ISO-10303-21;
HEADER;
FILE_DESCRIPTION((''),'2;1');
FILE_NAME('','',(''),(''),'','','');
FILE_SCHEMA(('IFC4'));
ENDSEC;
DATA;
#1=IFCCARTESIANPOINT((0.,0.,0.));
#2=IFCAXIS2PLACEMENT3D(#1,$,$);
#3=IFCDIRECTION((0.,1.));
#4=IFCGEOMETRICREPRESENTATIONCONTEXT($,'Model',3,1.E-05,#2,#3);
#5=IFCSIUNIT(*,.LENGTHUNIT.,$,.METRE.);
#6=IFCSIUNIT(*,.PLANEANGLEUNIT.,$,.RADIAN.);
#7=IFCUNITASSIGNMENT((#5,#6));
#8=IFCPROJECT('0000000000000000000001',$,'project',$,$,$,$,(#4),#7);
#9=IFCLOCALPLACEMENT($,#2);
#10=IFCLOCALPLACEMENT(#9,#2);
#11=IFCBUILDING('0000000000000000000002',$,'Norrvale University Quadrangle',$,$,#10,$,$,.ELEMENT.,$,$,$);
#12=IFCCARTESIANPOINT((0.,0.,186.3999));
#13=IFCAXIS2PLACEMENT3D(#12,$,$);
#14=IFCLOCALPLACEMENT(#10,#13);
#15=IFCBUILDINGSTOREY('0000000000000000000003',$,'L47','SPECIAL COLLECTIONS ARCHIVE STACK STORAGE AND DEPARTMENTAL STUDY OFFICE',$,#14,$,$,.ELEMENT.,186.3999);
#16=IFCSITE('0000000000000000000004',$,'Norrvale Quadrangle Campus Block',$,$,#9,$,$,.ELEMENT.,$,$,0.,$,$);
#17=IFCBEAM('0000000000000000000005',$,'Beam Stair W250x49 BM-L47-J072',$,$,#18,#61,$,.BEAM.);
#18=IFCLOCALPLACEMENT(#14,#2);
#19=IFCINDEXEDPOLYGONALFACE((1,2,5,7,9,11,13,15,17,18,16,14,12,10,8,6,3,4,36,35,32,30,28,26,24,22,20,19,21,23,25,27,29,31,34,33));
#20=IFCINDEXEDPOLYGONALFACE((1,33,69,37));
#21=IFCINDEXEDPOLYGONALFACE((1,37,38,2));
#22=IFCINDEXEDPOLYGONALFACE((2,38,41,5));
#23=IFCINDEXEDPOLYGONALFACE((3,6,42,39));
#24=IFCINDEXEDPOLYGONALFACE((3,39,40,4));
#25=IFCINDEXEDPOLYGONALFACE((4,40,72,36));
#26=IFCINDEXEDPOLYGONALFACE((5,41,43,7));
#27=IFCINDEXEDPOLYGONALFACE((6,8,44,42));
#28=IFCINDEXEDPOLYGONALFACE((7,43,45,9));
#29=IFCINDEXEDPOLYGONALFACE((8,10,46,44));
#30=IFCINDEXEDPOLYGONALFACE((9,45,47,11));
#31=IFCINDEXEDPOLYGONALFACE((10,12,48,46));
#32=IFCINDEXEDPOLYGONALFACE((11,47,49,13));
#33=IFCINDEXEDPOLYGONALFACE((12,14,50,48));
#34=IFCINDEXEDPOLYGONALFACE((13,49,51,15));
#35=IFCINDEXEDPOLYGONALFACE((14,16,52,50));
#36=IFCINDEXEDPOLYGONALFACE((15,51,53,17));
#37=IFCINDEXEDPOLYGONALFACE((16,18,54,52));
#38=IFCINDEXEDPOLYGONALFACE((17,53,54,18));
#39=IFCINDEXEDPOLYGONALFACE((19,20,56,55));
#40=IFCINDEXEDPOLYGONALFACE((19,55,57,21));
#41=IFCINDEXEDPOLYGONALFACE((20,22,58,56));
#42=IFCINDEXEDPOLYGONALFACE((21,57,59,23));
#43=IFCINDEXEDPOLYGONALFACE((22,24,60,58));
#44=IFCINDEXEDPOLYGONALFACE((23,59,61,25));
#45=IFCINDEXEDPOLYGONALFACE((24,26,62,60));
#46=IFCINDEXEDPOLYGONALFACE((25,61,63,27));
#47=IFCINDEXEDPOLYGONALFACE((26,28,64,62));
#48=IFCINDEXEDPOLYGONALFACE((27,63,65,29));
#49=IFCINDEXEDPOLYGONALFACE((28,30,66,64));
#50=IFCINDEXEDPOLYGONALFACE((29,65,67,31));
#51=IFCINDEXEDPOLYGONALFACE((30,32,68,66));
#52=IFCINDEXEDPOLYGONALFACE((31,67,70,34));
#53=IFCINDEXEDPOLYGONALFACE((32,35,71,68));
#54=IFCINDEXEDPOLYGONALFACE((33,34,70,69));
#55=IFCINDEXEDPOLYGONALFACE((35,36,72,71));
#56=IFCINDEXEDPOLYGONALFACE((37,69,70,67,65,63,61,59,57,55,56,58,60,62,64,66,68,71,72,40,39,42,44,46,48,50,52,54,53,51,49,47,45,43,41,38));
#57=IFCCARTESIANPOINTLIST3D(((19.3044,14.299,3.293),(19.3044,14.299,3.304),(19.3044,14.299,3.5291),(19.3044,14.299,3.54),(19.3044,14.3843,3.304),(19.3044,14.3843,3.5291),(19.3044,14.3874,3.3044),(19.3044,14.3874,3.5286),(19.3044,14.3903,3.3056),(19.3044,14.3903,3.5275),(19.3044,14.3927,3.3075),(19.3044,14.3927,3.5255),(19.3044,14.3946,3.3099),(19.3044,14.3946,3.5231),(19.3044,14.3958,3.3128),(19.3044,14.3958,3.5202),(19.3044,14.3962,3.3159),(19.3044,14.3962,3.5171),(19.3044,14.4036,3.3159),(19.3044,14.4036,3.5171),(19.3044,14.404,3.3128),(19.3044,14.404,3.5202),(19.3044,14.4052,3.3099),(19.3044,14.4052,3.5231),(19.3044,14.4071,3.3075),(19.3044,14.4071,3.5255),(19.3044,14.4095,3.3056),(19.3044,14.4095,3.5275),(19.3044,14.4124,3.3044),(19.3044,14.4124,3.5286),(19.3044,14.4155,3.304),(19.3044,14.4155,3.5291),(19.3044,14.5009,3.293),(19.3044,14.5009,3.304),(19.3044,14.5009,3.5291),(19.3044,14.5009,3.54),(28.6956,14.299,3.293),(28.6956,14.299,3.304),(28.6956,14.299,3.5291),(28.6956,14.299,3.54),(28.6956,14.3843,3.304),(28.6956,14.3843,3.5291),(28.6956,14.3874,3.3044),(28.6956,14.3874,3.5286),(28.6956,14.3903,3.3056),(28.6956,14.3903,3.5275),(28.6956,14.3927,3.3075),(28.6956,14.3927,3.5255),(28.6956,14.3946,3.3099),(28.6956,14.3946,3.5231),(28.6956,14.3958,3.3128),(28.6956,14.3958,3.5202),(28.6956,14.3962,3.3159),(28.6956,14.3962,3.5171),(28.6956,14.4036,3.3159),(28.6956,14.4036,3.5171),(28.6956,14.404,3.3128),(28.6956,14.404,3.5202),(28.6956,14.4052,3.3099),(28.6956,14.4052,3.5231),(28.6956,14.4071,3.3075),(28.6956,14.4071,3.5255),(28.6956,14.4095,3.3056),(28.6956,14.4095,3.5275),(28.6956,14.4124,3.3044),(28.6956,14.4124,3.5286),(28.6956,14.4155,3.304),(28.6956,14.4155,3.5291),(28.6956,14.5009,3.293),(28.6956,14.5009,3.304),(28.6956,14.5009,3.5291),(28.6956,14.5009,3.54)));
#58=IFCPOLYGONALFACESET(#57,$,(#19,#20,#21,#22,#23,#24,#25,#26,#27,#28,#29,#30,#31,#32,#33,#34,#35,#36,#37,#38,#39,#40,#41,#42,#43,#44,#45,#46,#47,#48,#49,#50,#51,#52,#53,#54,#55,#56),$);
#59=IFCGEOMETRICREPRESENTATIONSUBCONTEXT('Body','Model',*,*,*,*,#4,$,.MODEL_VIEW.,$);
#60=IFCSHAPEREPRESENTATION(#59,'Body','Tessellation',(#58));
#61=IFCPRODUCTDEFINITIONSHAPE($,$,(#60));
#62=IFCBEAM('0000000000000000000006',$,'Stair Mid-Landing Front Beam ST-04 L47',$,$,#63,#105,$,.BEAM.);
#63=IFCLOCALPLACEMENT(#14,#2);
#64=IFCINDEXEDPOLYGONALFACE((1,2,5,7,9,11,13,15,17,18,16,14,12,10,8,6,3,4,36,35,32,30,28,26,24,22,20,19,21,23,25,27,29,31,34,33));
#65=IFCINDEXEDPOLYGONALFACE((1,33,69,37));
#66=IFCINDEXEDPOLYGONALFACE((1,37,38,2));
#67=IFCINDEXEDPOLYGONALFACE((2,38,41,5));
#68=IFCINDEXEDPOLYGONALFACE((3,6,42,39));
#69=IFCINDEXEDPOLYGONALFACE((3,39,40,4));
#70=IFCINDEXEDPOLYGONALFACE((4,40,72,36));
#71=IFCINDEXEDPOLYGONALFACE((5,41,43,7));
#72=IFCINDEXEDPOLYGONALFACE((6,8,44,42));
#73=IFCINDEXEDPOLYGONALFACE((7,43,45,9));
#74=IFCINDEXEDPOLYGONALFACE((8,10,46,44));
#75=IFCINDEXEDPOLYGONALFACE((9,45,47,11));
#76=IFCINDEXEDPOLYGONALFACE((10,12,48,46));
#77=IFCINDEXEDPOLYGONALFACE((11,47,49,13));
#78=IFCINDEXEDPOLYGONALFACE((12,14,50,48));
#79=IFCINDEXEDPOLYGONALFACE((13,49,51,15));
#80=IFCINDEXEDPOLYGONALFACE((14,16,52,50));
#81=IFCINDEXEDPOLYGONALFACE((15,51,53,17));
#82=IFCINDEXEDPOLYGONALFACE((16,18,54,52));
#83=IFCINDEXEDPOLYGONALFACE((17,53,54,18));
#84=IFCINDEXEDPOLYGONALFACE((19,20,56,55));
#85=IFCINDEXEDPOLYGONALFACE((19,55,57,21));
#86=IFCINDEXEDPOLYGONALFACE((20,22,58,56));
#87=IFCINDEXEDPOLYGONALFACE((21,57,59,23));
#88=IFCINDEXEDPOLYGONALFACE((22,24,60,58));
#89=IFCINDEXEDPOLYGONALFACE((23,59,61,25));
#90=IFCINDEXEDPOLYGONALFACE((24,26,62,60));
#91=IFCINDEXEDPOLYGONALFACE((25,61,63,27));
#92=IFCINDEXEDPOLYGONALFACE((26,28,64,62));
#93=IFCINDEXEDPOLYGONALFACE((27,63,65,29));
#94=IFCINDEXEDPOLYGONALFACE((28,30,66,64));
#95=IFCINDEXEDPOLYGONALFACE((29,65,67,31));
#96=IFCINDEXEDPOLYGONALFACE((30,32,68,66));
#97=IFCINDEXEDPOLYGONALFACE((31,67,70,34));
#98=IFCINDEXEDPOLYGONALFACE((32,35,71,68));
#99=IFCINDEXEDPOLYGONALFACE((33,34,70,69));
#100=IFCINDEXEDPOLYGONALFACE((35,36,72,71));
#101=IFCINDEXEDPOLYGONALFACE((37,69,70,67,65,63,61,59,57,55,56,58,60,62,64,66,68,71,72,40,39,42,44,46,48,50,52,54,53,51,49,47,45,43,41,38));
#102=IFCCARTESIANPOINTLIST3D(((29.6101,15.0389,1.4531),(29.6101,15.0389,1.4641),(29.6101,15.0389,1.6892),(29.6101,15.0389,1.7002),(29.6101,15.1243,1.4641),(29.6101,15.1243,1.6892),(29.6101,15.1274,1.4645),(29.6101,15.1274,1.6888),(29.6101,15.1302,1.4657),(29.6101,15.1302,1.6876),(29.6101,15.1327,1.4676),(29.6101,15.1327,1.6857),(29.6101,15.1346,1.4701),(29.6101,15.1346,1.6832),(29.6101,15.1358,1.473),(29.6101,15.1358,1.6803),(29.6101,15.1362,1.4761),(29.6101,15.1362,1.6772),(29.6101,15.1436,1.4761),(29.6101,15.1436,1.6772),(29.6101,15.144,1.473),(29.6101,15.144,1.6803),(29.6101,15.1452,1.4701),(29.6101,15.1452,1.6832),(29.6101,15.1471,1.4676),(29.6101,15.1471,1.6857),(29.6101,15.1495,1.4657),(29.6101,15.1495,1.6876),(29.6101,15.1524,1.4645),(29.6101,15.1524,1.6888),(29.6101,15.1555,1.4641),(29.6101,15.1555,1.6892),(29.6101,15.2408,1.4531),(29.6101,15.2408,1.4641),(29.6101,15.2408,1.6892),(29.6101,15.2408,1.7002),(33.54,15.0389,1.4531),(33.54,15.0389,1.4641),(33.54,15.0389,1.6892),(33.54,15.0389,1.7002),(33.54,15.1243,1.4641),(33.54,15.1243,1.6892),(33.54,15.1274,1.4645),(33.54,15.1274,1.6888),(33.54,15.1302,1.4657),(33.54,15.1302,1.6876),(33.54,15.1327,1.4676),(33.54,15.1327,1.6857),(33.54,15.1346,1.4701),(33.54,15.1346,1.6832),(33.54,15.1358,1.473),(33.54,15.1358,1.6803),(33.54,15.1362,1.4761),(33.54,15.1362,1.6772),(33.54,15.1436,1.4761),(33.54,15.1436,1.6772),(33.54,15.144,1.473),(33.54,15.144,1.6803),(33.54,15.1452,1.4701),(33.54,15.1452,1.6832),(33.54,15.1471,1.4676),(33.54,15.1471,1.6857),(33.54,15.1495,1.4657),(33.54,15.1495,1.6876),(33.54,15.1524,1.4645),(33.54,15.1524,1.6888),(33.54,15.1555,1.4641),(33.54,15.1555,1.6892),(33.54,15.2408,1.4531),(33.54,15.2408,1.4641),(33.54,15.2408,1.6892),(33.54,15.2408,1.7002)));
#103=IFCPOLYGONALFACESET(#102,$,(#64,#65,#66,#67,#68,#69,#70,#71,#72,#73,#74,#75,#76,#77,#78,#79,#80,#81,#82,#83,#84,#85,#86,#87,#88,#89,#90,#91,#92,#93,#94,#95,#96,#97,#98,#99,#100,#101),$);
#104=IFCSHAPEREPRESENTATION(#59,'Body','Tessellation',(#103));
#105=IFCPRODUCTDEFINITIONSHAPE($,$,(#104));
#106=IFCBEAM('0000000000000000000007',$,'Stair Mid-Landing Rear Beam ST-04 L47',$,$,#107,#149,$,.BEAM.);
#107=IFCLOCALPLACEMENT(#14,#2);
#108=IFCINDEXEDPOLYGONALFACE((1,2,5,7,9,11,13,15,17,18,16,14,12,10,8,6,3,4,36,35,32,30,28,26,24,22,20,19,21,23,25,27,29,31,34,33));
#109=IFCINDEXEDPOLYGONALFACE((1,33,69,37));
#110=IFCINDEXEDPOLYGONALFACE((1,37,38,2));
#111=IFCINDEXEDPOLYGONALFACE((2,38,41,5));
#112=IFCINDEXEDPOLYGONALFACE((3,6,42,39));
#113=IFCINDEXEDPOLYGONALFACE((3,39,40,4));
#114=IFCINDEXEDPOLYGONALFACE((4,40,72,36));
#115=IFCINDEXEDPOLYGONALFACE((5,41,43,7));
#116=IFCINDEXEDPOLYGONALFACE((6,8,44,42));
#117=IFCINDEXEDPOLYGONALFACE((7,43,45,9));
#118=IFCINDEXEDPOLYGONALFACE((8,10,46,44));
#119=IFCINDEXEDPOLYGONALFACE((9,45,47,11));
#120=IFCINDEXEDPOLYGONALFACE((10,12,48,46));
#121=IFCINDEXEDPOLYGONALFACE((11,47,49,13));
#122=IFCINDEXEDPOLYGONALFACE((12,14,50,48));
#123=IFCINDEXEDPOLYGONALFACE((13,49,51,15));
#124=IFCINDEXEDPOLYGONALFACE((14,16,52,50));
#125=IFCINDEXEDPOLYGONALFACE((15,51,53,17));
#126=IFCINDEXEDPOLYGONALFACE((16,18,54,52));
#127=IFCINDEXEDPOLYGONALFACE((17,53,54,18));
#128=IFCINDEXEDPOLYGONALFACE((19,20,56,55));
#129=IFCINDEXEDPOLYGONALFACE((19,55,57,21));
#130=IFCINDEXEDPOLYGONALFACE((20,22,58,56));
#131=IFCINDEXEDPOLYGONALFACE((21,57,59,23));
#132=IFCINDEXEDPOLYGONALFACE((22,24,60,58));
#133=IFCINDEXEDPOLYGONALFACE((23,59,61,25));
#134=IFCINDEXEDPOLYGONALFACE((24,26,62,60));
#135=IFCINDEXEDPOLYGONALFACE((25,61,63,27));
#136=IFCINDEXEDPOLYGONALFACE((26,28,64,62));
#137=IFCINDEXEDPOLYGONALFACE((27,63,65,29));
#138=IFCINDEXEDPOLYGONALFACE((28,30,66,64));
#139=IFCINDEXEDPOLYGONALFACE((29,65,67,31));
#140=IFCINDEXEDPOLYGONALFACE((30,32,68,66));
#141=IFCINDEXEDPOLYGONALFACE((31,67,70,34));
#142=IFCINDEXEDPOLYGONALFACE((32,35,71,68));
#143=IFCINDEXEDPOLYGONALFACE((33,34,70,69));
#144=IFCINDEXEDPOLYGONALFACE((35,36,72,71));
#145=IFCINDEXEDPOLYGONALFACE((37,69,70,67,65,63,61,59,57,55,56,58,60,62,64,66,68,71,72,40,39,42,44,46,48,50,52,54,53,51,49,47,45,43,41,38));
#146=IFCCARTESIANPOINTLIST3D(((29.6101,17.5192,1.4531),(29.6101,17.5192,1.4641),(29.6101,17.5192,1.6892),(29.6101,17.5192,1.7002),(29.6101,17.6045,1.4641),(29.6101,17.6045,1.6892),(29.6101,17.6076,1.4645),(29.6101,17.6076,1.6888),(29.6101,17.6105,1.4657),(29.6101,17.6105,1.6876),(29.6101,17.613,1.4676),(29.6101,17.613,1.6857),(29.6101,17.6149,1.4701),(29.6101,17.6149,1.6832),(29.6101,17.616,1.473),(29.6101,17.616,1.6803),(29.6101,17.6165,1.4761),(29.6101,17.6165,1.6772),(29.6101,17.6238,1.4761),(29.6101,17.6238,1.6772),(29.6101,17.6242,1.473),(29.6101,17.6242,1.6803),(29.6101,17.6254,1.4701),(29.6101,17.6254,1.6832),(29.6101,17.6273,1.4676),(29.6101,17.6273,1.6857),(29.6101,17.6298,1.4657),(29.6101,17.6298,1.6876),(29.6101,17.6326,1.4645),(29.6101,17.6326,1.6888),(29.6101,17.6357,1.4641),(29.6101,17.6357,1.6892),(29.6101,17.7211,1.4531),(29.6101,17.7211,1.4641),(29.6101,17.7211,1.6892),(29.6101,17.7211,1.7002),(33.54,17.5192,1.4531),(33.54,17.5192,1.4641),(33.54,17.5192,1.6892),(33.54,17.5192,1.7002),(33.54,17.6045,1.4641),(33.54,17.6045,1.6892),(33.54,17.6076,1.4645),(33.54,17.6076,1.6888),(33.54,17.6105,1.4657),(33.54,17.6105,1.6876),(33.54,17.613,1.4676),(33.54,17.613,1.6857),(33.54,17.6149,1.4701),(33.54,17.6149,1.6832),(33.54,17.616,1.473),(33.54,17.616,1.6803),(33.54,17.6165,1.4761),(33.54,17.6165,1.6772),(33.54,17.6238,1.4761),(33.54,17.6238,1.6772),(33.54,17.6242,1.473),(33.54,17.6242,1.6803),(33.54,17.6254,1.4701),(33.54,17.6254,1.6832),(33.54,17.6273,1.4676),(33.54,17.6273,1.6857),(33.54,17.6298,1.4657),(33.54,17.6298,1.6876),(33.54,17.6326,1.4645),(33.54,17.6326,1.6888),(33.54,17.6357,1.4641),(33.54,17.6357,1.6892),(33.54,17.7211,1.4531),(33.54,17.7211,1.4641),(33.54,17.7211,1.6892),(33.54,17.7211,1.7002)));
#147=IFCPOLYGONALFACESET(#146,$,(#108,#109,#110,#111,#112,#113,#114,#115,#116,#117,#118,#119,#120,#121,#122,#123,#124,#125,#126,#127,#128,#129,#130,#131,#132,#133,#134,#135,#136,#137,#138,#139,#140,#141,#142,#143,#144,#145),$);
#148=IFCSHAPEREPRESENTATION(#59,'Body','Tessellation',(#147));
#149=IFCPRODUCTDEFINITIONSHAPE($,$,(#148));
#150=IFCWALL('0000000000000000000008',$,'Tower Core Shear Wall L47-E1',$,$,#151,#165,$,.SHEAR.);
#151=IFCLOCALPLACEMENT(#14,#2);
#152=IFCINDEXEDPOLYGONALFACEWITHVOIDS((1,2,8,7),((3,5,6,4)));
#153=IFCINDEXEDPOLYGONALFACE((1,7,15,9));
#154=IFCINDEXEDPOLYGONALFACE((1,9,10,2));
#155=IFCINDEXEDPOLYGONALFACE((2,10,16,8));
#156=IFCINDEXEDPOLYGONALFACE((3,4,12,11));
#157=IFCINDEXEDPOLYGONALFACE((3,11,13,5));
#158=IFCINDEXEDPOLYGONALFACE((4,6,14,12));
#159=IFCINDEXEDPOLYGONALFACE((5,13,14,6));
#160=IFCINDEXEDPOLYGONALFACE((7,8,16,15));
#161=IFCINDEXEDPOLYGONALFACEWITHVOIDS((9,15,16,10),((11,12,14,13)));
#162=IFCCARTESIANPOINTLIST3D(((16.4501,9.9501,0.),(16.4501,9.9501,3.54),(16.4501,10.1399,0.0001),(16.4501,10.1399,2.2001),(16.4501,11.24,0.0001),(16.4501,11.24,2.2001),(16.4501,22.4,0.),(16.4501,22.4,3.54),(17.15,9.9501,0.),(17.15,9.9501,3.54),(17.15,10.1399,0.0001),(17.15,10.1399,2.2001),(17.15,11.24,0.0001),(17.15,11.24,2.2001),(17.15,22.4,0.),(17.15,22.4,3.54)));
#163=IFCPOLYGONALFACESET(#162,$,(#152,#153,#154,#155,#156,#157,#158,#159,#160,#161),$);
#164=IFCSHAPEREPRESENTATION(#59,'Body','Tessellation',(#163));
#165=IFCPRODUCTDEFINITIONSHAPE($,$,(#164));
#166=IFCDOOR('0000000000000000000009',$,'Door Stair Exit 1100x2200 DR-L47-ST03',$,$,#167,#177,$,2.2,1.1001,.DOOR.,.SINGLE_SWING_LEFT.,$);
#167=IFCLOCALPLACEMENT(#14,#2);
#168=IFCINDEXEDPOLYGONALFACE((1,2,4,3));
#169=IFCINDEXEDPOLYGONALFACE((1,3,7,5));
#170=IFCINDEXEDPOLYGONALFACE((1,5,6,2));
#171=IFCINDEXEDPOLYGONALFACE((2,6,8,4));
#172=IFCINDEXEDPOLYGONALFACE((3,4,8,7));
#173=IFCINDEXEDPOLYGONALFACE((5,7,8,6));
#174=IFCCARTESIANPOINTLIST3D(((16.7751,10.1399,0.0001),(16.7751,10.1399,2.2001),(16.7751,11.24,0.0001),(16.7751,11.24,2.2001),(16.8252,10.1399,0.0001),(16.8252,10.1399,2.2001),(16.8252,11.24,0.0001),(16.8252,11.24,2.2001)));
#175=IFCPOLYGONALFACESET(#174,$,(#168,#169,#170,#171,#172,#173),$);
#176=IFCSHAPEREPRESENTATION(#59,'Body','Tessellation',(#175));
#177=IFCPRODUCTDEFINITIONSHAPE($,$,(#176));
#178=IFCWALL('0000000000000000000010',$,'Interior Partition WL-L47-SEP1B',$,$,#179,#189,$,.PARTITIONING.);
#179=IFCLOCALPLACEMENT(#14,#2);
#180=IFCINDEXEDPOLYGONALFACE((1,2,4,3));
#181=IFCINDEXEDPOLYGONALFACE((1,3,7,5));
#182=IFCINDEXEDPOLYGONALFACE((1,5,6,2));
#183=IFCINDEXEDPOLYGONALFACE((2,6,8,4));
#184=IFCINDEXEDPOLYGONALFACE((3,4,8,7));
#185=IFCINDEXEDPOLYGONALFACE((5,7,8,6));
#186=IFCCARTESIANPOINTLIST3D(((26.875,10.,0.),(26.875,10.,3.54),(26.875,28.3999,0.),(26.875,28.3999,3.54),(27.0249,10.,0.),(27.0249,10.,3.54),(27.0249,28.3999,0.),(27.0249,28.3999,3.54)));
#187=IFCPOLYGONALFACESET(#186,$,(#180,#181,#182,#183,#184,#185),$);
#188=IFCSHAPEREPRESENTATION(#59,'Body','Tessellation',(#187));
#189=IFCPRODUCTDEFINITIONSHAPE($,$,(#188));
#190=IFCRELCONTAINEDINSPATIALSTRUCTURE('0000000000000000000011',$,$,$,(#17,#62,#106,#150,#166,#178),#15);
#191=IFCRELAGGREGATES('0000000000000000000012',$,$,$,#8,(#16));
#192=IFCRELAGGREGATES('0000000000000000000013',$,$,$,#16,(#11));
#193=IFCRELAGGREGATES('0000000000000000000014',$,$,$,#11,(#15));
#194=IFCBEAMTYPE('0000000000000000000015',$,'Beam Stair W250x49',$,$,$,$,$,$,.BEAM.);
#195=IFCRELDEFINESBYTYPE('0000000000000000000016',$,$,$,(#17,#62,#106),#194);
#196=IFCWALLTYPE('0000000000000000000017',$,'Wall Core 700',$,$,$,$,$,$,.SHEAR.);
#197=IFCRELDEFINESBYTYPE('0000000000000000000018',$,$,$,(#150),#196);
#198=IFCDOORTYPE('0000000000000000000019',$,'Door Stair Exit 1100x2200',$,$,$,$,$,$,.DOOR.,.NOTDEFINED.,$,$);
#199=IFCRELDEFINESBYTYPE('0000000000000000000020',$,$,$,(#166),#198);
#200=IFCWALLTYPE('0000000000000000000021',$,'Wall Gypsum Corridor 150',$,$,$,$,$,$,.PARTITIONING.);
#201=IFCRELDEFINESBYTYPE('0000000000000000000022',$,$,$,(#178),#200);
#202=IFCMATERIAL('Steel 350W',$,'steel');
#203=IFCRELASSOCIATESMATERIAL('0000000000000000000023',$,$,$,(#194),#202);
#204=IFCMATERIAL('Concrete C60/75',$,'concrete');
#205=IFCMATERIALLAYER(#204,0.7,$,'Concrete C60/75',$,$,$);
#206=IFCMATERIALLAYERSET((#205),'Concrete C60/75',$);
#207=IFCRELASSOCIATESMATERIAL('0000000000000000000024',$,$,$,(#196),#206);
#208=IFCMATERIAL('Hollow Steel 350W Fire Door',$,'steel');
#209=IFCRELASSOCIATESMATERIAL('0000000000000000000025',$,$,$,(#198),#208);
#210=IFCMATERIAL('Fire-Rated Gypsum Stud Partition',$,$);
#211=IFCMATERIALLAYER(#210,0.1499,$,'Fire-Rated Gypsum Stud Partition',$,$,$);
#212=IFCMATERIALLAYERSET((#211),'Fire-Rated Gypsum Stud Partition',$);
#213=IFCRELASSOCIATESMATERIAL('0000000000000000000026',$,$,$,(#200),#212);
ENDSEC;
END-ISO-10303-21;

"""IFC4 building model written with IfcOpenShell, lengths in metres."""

from ifc_helpers import new_model, si_unit, direction, frame, frame_2d, origin, origin_2d, place, context, subcontext, project, spatial, rectangle, i_section, extrude, material, layer, layer_set, material_profile, profile_set, type_object, element, fill, save


model = new_model("IFC4")

# Units and contexts
model_context = context("Model", 3, precision=1e-05, world=origin(), true_north=direction((0.0, 1.0)))
body_context = subcontext(model_context, "Body", "Model", "MODEL_VIEW")
ifc_project = project(units=[si_unit("LENGTHUNIT", "METRE"), si_unit("PLANEANGLEUNIT", "RADIAN")], contexts=[model_context])

# Site, building, storey
site_placement = place(None, origin())
site = spatial("IfcSite", under=ifc_project, at=site_placement, Name="Norrvale Quadrangle Campus Block", CompositionType="ELEMENT", RefElevation=0.0)
building_placement = place(site_placement, origin())
building = spatial("IfcBuilding", under=site, at=building_placement, Name="Norrvale University Quadrangle", CompositionType="ELEMENT")
storey_placement = place(building_placement, frame((0.0, 0.0, 186.3999)))
storey = spatial("IfcBuildingStorey", under=building, at=storey_placement, Name="L47", Description="SPECIAL COLLECTIONS ARCHIVE STACK STORAGE AND DEPARTMENTAL STUDY OFFICE", CompositionType="ELEMENT", Elevation=186.3999)

# Shared definitions
ifc_material_1 = material(Name="Concrete C60/75", Category="concrete")

# Beams
ifc_material_2 = material(Name="Steel 350W", Category="steel")
ifc_material_profile_1 = material_profile(ifc_material_2, i_section(OverallWidth=0.2019, OverallDepth=0.2471, WebThickness=0.0073, FlangeThickness=0.011, FilletRadius=0.012, at=origin_2d()), Name="Steel 350W")
ifc_profile_set_1 = profile_set([ifc_material_profile_1], Name="Steel 350W")
beam_type_1 = type_object("IfcBeamType", Name="Beam Stair W250x49", PredefinedType="BEAM", material=ifc_profile_set_1)
beam_1_placement = place(storey_placement, frame((19.3044, 14.3999, 3.4165), z_axis=(1.0, 0.0, 0.0), x_axis=(0.0, 1.0, 0.0)))
element("IfcBeam", 1, at=beam_1_placement, inside=storey, type_object=beam_type_1, Name="Beam Stair W250x49 BM-L47-J072", PredefinedType="BEAM", context=body_context, shape_type="SweptSolid", body=[
    extrude(i_section(OverallWidth=0.2019, OverallDepth=0.2471, WebThickness=0.0073, FlangeThickness=0.011, FilletRadius=0.012, at=origin_2d()), origin(), (0.0, 0.0, 1.0), 9.3911),
])
for number, where, z_axis, x_axis, name in (
    (2, (29.6101, 15.1399, 1.5767), (1.0, 0.0, 0.0), (0.0, 1.0, 0.0), "Stair Mid-Landing Front Beam ST-04 L47"),
    (3, (29.6101, 17.6201, 1.5767), (1.0, 0.0, 0.0), (0.0, 1.0, 0.0), "Stair Mid-Landing Rear Beam ST-04 L47"),
):
    element("IfcBeam", number, at=place(storey_placement, frame(where, z_axis=z_axis, x_axis=x_axis)), inside=storey, type_object=beam_type_1, Name=name, PredefinedType="BEAM", context=body_context, shape_type="SweptSolid", body=[
        extrude(i_section(OverallWidth=0.2019, OverallDepth=0.2471, WebThickness=0.0073, FlangeThickness=0.011, FilletRadius=0.012, at=origin_2d()), origin(), (0.0, 0.0, 1.0), 3.9299),
    ])

# Wall, opening, door
ifc_layer_1 = layer(ifc_material_1, 0.7, Name="Concrete C60/75")
ifc_layer_set_1 = layer_set([ifc_layer_1], Name="Concrete C60/75")
wall_type_1 = type_object("IfcWallType", Name="Wall Core 700", PredefinedType="SHEAR", material=ifc_layer_set_1)
wall_1_placement = place(storey_placement, frame((16.8, 9.95, 0.0), z_axis=(0.0, 0.0, 1.0), x_axis=(0.0, 1.0, 0.0)))
wall_1 = element("IfcWall", 4, at=wall_1_placement, inside=storey, type_object=wall_type_1, Name="Tower Core Shear Wall L47-E1", PredefinedType="SHEAR", context=body_context, shape_type="SweptSolid", body=[
    extrude(rectangle(XDim=12.45, YDim=0.7, at=frame_2d((6.2251, 0.0))), origin(), (0.0, 0.0, 1.0), 3.54),
])
opening_1_placement = place(wall_1_placement, frame((0.1899, 0.0, 0.0)))
opening_1 = element("IfcOpeningElement", 5, at=opening_1_placement, cuts=wall_1, PredefinedType="OPENING", context=body_context, shape_type="SweptSolid", body=[
    extrude(rectangle(XDim=1.1001, YDim=2.2, at=frame_2d((0.55, 1.1001))), frame((0.0, 0.3621, 0.0), z_axis=(0.0, -1.0, 0.0), x_axis=(1.0, 0.0, 0.0)), (0.0, 0.0, 1.0), 0.7239),
])
ifc_material_3 = material(Name="Hollow Steel 350W Fire Door", Category="steel")
door_type = type_object("IfcDoorType", Name="Door Stair Exit 1100x2200", OperationType="NOTDEFINED", PredefinedType="DOOR", material=ifc_material_3)
door_1_placement = place(opening_1_placement, origin())
door_1 = element("IfcDoor", 6, at=door_1_placement, inside=storey, type_object=door_type, Name="Door Stair Exit 1100x2200 DR-L47-ST03", OperationType="SINGLE_SWING_LEFT", OverallHeight=2.2, OverallWidth=1.1001, PredefinedType="DOOR", context=body_context, shape_type="SweptSolid", body=[
    extrude(rectangle(XDim=1.1001, YDim=2.2, at=frame_2d((0.55, 1.1001))), frame((0.0, 0.0249, 0.0), z_axis=(0.0, -1.0, 0.0), x_axis=(1.0, 0.0, 0.0)), (0.0, 0.0, 1.0), 0.05),
])
fill(opening_1, door_1)

# Wall
ifc_material_4 = material(Name="Fire-Rated Gypsum Stud Partition")
ifc_layer_2 = layer(ifc_material_4, 0.1499, Name="Fire-Rated Gypsum Stud Partition")
ifc_layer_set_2 = layer_set([ifc_layer_2], Name="Fire-Rated Gypsum Stud Partition")
wall_type_2 = type_object("IfcWallType", Name="Wall Gypsum Corridor 150", PredefinedType="PARTITIONING", material=ifc_layer_set_2)
wall_2_placement = place(storey_placement, frame((26.95, 10.0, 0.0), z_axis=(0.0, 0.0, 1.0), x_axis=(0.0, 1.0, 0.0)))
element("IfcWall", 7, at=wall_2_placement, inside=storey, type_object=wall_type_2, Name="Interior Partition WL-L47-SEP1B", PredefinedType="PARTITIONING", context=body_context, shape_type="SweptSolid", body=[
    extrude(rectangle(XDim=18.3999, YDim=0.1499, at=frame_2d((9.2, 0.0))), origin(), (0.0, 0.0, 1.0), 3.54),
])

save(model, "model.ifc")
